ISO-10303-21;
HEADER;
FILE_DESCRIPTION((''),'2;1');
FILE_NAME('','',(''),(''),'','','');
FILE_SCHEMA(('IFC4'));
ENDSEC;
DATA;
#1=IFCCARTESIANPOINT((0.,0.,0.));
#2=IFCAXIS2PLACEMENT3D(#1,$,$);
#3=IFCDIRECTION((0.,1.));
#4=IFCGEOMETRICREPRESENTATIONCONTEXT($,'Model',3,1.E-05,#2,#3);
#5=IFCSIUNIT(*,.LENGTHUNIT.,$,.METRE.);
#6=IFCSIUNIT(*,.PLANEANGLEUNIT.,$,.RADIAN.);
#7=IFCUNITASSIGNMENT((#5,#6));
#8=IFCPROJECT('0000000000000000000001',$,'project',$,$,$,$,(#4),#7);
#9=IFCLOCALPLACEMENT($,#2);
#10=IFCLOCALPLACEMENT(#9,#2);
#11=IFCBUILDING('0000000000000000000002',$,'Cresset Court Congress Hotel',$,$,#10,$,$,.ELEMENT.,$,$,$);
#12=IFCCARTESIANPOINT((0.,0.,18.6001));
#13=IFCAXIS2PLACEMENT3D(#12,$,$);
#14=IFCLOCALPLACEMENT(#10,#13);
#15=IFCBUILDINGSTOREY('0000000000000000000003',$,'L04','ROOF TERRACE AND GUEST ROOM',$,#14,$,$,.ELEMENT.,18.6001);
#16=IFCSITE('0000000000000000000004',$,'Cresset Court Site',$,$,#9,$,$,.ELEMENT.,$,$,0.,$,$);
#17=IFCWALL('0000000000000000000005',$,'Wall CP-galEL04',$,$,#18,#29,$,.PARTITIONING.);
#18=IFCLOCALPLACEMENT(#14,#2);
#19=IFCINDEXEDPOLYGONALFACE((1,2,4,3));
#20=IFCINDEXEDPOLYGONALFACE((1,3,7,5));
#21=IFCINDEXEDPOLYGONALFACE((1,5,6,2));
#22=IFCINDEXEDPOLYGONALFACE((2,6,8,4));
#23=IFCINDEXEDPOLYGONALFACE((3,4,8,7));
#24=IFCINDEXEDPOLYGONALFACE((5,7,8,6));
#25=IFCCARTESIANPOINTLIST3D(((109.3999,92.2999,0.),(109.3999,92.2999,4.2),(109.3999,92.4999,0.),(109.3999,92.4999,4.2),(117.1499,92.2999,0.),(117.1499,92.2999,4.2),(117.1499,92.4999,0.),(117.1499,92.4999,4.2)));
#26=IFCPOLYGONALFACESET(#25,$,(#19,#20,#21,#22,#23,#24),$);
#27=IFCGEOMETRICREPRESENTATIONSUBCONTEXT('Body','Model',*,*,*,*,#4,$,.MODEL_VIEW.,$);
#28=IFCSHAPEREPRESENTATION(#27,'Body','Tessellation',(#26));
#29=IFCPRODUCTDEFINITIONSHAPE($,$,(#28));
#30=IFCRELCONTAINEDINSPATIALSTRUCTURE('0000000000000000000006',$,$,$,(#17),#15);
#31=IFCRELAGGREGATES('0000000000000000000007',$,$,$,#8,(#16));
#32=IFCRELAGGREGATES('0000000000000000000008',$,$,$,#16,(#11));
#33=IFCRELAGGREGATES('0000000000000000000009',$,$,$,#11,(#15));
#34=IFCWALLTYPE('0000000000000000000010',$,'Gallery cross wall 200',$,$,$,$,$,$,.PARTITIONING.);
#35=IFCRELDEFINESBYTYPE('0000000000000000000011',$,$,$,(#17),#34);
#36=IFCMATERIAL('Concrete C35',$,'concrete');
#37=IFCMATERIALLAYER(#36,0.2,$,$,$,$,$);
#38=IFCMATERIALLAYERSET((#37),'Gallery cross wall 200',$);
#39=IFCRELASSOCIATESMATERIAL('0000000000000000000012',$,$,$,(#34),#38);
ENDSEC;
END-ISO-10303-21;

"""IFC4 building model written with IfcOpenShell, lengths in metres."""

from ifc_helpers import new_model, si_unit, direction, frame, frame_2d, origin, place, context, subcontext, project, spatial, rectangle, extrude, material, layer, layer_set, type_object, element, save


model = new_model("IFC4")

# Units and contexts
model_context = context("Model", 3, precision=1e-05, world=origin(), true_north=direction((0.0, 1.0)))
body_context = subcontext(model_context, "Body", "Model", "MODEL_VIEW")
ifc_project = project(units=[si_unit("LENGTHUNIT", "METRE"), si_unit("PLANEANGLEUNIT", "RADIAN")], contexts=[model_context])

# Site, building, storey
site_placement = place(None, origin())
site = spatial("IfcSite", under=ifc_project, at=site_placement, Name="Cresset Court Site", CompositionType="ELEMENT", RefElevation=0.0)
building_placement = place(site_placement, origin())
building = spatial("IfcBuilding", under=site, at=building_placement, Name="Cresset Court Congress Hotel", CompositionType="ELEMENT")
storey_placement = place(building_placement, frame((0.0, 0.0, 18.6001)))
storey = spatial("IfcBuildingStorey", under=building, at=storey_placement, Name="L04", Description="ROOF TERRACE AND GUEST ROOM", CompositionType="ELEMENT", Elevation=18.6001)

# Wall
ifc_material_1 = material(Name="Concrete C35", Category="concrete")
ifc_layer_1 = layer(ifc_material_1, 0.2)
ifc_layer_set_1 = layer_set([ifc_layer_1], Name="Gallery cross wall 200")
wall_type = type_object("IfcWallType", Name="Gallery cross wall 200", PredefinedType="PARTITIONING", material=ifc_layer_set_1)
wall_placement = place(storey_placement, frame((109.3999, 92.3999, 0.0), z_axis=(0.0, 0.0, 1.0), x_axis=(1.0, 0.0, 0.0)))
element("IfcWall", 1, at=wall_placement, inside=storey, type_object=wall_type, Name="Wall CP-galEL04", PredefinedType="PARTITIONING", context=body_context, shape_type="SweptSolid", body=[
    extrude(rectangle(XDim=7.75, YDim=0.2, at=frame_2d((3.875, 0.0))), origin(), (0.0, 0.0, 1.0), 4.2),
])

save(model, "model.ifc")
